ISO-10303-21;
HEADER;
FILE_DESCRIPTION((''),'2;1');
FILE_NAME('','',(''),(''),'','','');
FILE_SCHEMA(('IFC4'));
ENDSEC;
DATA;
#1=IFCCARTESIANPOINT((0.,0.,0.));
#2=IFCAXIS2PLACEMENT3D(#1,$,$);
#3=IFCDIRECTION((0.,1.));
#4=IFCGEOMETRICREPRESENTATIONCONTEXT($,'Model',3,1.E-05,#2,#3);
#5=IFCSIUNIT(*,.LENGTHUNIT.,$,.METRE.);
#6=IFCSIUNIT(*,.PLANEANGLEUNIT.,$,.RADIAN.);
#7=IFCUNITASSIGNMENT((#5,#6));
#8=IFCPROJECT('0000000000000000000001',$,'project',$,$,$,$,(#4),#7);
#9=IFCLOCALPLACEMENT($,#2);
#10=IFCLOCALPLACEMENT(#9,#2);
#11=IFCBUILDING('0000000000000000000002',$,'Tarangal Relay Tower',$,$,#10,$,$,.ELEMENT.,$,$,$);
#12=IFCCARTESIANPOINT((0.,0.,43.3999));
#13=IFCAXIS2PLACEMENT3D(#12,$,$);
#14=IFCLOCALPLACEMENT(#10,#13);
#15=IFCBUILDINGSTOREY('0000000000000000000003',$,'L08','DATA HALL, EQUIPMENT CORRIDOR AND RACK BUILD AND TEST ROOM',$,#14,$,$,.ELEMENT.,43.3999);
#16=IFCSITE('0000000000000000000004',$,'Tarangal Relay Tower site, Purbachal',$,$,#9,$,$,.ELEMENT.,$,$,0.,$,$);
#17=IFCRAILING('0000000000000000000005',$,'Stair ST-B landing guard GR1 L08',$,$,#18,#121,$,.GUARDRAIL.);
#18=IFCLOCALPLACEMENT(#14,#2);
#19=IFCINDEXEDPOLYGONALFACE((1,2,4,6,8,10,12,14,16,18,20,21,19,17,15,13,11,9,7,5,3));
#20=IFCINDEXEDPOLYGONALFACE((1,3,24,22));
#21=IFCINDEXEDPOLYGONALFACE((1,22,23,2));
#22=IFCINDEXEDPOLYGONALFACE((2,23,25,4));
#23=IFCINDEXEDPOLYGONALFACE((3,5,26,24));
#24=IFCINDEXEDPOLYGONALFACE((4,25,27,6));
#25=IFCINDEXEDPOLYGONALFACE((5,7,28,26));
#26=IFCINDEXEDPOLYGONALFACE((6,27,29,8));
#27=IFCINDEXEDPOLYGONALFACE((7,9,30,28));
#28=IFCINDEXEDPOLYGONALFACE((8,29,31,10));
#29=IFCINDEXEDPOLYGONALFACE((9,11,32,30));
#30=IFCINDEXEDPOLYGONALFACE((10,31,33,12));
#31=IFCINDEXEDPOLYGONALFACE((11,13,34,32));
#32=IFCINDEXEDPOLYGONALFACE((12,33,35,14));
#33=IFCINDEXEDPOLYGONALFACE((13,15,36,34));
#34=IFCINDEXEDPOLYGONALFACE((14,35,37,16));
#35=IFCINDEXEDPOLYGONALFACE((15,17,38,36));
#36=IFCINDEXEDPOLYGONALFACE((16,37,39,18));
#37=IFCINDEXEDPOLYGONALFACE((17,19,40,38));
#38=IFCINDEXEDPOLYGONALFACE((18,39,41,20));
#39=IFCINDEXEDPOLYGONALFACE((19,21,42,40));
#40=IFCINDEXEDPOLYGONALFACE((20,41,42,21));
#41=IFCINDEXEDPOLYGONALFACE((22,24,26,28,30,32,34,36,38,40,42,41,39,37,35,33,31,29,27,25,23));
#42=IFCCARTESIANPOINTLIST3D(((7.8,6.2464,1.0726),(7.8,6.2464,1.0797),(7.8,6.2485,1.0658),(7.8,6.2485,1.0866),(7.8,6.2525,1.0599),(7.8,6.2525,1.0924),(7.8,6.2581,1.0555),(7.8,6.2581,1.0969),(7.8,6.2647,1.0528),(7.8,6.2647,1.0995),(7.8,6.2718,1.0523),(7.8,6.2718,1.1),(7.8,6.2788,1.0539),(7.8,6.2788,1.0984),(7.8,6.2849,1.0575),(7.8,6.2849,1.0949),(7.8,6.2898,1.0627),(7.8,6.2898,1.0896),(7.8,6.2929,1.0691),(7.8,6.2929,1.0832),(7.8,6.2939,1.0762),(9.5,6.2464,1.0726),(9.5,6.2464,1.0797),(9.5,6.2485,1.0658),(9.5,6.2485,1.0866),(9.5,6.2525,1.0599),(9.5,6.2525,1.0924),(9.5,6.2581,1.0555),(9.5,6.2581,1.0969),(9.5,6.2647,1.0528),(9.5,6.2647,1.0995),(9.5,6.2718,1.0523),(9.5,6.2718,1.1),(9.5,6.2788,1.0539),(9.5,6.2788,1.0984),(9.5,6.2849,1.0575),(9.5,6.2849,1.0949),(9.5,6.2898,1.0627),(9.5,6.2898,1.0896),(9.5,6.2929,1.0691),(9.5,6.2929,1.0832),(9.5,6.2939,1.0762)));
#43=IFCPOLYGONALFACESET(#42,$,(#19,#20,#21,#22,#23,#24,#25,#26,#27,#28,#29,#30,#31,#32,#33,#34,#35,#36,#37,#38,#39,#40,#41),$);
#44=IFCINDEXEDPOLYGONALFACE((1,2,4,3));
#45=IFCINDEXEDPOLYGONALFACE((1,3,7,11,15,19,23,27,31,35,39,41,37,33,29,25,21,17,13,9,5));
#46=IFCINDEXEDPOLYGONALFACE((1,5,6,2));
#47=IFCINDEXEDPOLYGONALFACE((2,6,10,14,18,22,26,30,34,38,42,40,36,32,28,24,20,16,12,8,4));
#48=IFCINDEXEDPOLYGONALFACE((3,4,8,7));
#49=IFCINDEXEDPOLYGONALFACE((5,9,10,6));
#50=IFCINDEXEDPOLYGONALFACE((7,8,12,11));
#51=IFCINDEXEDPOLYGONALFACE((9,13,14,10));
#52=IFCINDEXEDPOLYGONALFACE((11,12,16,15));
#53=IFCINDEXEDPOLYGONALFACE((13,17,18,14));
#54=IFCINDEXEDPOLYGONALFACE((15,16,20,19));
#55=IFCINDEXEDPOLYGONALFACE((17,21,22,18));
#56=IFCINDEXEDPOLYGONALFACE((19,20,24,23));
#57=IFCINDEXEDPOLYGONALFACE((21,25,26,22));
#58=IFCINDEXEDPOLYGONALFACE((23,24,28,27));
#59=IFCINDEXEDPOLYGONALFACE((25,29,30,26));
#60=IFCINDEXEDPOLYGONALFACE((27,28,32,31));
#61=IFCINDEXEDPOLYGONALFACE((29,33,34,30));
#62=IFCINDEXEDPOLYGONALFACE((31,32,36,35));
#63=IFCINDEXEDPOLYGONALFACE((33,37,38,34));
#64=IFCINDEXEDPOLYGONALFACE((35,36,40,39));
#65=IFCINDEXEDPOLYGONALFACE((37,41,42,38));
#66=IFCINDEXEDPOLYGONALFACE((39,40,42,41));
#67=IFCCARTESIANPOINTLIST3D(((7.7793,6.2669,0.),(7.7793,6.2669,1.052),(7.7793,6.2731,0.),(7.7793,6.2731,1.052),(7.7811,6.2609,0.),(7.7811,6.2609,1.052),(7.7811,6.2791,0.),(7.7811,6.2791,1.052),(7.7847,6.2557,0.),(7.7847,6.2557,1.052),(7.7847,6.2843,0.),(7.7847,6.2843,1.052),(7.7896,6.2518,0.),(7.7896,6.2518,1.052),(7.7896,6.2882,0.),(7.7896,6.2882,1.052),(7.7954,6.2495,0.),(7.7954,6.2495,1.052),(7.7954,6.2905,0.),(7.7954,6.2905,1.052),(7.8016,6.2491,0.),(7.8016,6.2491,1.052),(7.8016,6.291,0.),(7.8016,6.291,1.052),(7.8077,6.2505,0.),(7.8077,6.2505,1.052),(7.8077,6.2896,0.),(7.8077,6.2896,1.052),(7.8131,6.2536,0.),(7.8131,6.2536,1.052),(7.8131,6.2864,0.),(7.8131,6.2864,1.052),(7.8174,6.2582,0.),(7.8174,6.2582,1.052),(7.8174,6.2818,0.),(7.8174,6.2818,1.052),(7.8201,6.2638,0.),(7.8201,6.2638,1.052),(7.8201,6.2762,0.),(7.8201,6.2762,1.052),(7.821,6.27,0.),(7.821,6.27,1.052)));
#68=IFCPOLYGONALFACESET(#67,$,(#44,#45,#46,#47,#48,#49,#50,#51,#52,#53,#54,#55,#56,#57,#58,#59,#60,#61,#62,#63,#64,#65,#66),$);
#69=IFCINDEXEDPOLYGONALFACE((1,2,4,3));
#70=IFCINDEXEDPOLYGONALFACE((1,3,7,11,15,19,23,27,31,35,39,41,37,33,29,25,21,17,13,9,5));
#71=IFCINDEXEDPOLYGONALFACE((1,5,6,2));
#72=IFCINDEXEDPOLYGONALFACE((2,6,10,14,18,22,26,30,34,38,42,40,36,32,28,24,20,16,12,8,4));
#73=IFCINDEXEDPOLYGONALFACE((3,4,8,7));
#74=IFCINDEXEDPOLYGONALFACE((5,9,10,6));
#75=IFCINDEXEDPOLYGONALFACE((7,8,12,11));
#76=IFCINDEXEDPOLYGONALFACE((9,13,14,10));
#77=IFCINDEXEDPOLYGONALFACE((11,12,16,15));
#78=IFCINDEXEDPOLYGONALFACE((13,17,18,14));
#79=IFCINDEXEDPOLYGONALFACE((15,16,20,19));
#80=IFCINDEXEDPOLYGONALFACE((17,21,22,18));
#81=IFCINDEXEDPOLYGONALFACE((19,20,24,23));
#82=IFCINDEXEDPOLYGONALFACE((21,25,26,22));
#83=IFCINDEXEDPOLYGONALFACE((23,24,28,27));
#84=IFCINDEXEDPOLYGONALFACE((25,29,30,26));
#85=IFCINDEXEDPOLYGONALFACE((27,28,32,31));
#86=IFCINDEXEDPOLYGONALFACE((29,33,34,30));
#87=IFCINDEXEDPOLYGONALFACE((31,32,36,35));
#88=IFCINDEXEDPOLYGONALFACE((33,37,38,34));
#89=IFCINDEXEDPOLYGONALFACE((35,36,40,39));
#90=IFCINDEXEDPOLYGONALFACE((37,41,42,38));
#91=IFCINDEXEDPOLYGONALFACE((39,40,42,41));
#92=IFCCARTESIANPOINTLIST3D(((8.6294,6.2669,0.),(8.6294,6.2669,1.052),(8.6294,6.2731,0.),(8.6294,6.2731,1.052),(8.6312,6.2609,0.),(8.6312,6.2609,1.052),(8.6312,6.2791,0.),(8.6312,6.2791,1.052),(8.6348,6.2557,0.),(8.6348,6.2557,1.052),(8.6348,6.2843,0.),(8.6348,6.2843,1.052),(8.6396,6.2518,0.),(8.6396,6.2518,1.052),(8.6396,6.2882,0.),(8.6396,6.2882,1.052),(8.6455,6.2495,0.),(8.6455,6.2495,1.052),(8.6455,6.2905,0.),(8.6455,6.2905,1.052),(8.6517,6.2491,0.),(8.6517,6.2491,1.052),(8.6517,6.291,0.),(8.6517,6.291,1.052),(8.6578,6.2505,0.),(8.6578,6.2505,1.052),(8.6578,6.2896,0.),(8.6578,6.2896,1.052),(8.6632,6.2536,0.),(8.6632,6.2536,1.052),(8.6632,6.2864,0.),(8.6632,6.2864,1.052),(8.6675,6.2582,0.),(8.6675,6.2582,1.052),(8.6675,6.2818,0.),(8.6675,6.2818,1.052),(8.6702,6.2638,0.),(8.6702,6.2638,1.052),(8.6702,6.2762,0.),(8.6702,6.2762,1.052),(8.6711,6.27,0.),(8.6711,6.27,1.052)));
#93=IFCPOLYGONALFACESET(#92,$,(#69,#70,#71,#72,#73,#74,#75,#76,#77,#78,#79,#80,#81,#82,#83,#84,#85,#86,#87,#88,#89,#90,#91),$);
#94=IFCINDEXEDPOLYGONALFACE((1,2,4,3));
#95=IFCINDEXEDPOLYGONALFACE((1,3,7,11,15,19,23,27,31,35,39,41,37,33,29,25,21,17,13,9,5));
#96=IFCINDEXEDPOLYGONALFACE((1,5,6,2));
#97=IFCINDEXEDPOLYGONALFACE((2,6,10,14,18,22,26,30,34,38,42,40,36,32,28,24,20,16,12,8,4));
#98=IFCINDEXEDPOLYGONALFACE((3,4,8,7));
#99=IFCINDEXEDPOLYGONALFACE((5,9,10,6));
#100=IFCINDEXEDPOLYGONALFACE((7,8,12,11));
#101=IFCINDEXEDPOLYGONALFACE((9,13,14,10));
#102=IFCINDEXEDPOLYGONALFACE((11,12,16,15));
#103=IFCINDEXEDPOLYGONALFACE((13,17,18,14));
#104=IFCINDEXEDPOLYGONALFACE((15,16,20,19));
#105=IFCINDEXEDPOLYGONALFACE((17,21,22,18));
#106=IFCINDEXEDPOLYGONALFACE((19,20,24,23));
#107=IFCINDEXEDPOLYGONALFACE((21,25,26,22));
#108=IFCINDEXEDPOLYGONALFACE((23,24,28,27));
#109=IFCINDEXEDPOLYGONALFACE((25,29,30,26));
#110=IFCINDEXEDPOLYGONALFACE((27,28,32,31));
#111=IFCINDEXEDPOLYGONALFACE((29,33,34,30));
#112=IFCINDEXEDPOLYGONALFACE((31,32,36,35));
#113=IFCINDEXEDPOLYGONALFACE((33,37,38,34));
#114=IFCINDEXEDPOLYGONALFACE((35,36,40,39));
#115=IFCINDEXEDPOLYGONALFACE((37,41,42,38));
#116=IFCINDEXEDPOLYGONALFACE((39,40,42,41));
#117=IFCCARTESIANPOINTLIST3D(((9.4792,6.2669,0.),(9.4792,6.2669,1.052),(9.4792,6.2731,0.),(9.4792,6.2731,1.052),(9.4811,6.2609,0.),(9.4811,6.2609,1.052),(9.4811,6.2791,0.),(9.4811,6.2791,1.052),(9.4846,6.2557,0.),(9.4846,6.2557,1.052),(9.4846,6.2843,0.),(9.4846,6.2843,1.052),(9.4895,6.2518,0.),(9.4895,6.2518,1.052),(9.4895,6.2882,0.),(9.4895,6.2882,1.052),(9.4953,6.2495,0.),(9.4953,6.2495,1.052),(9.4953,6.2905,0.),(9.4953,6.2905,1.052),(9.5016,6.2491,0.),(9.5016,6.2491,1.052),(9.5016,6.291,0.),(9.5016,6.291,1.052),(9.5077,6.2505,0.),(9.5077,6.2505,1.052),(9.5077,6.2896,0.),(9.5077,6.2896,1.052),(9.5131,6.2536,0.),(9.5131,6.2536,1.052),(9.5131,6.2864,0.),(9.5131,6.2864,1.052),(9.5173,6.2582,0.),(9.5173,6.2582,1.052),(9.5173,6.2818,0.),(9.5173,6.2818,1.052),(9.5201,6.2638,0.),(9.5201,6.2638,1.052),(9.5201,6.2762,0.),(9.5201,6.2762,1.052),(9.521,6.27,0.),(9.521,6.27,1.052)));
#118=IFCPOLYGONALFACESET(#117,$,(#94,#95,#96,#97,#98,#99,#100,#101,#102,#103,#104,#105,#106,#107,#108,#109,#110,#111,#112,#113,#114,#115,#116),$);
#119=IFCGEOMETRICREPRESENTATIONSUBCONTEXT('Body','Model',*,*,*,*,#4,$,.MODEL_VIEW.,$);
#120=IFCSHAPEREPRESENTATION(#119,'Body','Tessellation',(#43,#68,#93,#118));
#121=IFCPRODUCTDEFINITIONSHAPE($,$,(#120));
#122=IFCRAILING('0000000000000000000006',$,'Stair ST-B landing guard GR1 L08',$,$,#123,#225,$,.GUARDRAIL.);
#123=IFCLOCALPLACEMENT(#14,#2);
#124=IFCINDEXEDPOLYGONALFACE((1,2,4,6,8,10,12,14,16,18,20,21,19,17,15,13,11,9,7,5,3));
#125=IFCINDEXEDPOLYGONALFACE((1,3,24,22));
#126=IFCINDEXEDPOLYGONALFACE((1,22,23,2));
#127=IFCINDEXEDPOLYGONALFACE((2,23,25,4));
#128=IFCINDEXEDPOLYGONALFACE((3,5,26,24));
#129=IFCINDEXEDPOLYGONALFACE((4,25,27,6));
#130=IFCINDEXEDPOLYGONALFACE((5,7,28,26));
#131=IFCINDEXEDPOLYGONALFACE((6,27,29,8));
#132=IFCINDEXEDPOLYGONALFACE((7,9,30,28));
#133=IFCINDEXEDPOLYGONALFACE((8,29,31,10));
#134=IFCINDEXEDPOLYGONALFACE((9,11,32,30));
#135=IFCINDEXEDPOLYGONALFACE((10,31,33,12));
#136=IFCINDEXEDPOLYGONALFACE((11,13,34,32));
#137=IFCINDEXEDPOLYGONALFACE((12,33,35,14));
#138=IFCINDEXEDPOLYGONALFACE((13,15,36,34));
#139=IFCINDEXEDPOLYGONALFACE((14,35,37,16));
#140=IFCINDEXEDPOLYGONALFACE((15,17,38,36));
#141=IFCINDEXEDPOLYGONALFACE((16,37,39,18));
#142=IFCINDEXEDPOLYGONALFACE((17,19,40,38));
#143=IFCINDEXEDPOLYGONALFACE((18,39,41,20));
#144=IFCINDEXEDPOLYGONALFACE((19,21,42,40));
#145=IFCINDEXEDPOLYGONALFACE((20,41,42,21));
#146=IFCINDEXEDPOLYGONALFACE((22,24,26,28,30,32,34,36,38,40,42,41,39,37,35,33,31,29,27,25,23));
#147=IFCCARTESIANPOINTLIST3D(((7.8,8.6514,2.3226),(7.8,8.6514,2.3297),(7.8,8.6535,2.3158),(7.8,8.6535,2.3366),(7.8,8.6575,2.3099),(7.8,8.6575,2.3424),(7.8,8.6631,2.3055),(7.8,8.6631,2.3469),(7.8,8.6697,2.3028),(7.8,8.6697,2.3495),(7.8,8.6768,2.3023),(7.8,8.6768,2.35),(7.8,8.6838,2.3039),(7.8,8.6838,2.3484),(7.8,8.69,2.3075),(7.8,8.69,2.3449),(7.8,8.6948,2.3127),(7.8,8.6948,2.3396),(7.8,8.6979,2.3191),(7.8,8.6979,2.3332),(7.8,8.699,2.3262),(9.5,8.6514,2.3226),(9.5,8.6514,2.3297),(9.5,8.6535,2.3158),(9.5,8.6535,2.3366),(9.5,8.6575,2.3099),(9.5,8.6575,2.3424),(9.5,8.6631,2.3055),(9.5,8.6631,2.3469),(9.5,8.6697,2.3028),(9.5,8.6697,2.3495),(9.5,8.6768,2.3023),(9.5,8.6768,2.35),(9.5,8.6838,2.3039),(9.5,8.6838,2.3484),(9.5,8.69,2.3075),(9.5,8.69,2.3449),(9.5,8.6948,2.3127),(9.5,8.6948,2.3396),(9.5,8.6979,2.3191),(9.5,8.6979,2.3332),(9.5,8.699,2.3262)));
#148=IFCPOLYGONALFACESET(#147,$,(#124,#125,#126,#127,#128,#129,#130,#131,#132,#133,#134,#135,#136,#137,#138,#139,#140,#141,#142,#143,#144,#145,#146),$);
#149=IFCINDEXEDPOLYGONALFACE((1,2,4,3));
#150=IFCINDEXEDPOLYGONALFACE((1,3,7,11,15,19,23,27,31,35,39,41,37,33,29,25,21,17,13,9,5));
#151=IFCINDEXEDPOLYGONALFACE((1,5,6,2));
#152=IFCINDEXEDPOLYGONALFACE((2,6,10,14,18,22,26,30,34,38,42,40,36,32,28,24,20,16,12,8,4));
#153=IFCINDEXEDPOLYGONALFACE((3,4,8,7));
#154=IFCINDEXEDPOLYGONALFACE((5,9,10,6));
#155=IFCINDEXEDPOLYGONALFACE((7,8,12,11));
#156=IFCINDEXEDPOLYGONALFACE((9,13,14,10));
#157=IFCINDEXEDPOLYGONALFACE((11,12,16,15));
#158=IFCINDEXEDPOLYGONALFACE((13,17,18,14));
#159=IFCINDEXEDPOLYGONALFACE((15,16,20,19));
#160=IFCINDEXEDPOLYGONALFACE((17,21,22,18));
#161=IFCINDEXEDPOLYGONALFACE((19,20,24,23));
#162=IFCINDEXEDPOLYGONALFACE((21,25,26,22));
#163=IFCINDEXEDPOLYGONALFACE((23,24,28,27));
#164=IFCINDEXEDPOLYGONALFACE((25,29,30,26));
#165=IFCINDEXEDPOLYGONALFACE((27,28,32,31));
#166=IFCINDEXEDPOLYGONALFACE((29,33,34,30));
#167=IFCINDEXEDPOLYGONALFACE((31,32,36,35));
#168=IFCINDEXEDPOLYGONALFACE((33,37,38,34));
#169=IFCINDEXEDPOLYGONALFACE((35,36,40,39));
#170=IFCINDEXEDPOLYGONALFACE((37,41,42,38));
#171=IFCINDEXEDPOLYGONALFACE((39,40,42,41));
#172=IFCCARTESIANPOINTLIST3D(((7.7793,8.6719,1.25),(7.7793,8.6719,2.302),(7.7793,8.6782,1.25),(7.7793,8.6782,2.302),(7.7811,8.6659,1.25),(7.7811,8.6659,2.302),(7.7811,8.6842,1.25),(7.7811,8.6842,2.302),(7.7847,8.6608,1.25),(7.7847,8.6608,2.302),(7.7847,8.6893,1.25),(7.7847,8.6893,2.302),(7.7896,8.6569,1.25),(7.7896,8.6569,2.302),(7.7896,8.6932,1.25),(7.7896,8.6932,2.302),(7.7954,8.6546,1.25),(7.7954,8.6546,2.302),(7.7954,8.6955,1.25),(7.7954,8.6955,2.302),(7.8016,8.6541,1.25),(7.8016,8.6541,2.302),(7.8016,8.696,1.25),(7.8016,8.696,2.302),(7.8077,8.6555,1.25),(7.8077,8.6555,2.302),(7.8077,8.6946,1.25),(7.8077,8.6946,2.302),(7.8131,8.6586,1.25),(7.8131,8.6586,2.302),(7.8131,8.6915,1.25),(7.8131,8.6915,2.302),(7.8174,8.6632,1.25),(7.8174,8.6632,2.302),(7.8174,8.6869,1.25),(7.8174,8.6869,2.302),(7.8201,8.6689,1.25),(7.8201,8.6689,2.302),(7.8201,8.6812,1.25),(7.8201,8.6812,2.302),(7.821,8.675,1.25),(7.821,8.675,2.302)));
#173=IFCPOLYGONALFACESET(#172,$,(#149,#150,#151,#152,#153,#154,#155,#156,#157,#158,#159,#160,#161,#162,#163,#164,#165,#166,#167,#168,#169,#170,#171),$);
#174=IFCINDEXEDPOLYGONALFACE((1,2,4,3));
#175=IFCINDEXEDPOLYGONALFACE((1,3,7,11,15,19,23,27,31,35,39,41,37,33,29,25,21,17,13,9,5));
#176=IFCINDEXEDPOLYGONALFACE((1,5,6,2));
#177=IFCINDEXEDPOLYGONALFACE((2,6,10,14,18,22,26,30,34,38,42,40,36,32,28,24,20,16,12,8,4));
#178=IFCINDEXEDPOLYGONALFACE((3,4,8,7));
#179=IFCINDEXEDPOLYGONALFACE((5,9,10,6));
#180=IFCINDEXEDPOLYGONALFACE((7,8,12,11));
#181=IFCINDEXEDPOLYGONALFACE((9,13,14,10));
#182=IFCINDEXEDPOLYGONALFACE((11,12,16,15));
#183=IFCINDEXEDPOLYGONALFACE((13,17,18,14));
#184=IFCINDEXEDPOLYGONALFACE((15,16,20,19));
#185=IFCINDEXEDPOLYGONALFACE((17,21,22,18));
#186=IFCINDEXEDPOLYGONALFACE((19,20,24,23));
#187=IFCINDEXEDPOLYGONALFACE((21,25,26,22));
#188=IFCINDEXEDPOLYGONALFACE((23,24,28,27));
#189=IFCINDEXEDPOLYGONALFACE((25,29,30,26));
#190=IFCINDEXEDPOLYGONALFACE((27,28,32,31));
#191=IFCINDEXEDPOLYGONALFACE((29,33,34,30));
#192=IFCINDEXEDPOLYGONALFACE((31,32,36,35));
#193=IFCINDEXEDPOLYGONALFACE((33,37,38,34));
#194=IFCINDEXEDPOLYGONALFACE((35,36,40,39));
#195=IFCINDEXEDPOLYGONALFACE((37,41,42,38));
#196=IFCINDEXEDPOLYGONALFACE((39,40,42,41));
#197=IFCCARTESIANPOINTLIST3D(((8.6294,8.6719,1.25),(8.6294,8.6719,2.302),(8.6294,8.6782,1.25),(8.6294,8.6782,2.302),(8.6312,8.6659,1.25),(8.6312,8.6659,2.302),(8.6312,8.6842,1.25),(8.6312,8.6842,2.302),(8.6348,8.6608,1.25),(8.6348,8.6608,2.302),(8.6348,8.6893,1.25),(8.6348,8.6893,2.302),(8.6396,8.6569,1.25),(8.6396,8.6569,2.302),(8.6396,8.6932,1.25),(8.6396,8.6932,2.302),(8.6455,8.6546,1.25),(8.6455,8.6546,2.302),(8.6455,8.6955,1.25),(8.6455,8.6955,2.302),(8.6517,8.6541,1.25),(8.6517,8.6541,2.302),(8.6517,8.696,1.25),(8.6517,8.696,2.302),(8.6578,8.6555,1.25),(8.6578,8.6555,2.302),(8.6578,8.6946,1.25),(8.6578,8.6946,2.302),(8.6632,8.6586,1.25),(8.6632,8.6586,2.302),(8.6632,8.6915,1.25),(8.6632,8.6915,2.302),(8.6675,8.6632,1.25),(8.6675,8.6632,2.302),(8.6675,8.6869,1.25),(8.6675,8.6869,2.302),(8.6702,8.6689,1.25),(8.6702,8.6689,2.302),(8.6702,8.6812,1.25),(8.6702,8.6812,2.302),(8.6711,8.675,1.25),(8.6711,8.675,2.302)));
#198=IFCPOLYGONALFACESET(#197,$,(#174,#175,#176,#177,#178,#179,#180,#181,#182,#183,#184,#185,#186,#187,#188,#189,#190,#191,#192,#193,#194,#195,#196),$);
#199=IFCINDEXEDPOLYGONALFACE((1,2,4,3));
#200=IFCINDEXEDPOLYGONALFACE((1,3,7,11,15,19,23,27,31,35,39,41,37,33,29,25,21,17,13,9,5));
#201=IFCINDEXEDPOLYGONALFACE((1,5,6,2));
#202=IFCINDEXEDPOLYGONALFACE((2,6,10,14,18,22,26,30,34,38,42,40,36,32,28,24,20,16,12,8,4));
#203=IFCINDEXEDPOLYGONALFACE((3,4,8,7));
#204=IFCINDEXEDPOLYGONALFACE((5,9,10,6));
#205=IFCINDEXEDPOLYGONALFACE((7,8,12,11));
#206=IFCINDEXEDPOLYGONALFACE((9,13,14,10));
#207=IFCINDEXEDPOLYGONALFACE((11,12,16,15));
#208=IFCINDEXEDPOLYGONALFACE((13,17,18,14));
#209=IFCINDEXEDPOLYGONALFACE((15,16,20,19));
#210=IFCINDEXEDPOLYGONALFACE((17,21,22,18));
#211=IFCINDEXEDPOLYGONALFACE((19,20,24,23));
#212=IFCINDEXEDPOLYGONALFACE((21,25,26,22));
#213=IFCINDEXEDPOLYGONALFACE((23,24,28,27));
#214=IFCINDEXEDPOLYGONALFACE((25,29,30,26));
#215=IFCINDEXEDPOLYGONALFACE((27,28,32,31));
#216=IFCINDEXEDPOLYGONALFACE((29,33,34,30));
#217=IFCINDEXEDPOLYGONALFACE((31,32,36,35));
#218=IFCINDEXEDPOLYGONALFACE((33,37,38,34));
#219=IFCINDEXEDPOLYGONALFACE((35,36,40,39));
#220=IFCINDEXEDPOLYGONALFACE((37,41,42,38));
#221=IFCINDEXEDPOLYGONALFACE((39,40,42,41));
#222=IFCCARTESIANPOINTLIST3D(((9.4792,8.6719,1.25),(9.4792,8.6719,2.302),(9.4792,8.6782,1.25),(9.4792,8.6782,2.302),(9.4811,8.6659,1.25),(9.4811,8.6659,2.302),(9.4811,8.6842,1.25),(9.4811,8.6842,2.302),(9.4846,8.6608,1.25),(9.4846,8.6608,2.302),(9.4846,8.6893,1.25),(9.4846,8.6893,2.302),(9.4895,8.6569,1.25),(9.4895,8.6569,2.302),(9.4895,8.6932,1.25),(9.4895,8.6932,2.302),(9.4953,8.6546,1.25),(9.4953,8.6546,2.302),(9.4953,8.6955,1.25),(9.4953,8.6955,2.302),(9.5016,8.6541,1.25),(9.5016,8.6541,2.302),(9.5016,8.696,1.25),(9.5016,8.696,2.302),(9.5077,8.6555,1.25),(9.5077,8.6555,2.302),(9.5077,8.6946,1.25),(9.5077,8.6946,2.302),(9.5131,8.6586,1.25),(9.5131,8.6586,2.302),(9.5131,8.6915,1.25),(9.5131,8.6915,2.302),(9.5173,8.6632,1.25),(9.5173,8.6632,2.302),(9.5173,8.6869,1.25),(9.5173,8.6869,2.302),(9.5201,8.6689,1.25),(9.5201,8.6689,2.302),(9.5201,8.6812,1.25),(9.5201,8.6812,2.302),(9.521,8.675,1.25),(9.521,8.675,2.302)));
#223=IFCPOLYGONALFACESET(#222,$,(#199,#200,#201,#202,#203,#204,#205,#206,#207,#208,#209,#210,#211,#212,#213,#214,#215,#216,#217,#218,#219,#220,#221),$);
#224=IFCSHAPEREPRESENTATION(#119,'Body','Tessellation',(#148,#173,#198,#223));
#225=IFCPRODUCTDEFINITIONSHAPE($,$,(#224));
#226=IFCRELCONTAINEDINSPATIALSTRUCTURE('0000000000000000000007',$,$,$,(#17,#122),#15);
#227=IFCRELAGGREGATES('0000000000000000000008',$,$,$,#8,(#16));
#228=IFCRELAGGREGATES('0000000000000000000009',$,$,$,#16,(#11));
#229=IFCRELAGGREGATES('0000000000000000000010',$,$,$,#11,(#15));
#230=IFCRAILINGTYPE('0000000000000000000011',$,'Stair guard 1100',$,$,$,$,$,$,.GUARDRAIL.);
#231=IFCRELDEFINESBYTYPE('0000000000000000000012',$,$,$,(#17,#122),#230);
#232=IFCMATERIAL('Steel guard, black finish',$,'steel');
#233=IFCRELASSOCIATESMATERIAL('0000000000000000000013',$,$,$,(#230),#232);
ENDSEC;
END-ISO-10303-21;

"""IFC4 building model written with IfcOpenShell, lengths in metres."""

from ifc_helpers import new_model, si_unit, direction, frame, origin, origin_2d, place, context, subcontext, project, spatial, circle, extrude, material, type_object, element, save


model = new_model("IFC4")

# Units and contexts
model_context = context("Model", 3, precision=1e-05, world=origin(), true_north=direction((0.0, 1.0)))
body_context = subcontext(model_context, "Body", "Model", "MODEL_VIEW")
ifc_project = project(units=[si_unit("LENGTHUNIT", "METRE"), si_unit("PLANEANGLEUNIT", "RADIAN")], contexts=[model_context])

# Site, building, storey
site_placement = place(None, origin())
site = spatial("IfcSite", under=ifc_project, at=site_placement, Name="Tarangal Relay Tower site, Purbachal", CompositionType="ELEMENT", RefElevation=0.0)
building_placement = place(site_placement, origin())
building = spatial("IfcBuilding", under=site, at=building_placement, Name="Tarangal Relay Tower", CompositionType="ELEMENT")
storey_placement = place(building_placement, frame((0.0, 0.0, 43.3999)))
storey = spatial("IfcBuildingStorey", under=building, at=storey_placement, Name="L08", Description="DATA HALL, EQUIPMENT CORRIDOR AND RACK BUILD AND TEST ROOM", CompositionType="ELEMENT", Elevation=43.3999)

# Railings
ifc_material_1 = material(Name="Steel guard, black finish", Category="steel")
railing_type_1 = type_object("IfcRailingType", Name="Stair guard 1100", PredefinedType="GUARDRAIL", material=ifc_material_1)
for number, where, name in (
    (1, (7.8, 6.27, 0.0), "Stair ST-B landing guard GR1 L08"),
    (2, (7.8, 8.675, 1.25), "Stair ST-B landing guard GR1 L08"),
):
    element("IfcRailing", number, at=place(storey_placement, frame(where)), inside=storey, type_object=railing_type_1, Name=name, PredefinedType="GUARDRAIL", context=body_context, shape_type="SweptSolid", body=[
        extrude(circle(Radius=0.0239, at=origin_2d()), frame((0.0, 0.0, 1.0762), z_axis=(1.0, 0.0, 0.0), x_axis=(0.0, 1.0, 0.0)), (0.0, 0.0, 1.0), 1.7),
        extrude(circle(Radius=0.021, at=origin_2d()), origin(), (0.0, 0.0, 1.0), 1.052),
        extrude(circle(Radius=0.021, at=origin_2d()), frame((0.8501, 0.0, 0.0)), (0.0, 0.0, 1.0), 1.052),
        extrude(circle(Radius=0.021, at=origin_2d()), frame((1.7, 0.0, 0.0)), (0.0, 0.0, 1.0), 1.052),
    ])

save(model, "model.ifc")
